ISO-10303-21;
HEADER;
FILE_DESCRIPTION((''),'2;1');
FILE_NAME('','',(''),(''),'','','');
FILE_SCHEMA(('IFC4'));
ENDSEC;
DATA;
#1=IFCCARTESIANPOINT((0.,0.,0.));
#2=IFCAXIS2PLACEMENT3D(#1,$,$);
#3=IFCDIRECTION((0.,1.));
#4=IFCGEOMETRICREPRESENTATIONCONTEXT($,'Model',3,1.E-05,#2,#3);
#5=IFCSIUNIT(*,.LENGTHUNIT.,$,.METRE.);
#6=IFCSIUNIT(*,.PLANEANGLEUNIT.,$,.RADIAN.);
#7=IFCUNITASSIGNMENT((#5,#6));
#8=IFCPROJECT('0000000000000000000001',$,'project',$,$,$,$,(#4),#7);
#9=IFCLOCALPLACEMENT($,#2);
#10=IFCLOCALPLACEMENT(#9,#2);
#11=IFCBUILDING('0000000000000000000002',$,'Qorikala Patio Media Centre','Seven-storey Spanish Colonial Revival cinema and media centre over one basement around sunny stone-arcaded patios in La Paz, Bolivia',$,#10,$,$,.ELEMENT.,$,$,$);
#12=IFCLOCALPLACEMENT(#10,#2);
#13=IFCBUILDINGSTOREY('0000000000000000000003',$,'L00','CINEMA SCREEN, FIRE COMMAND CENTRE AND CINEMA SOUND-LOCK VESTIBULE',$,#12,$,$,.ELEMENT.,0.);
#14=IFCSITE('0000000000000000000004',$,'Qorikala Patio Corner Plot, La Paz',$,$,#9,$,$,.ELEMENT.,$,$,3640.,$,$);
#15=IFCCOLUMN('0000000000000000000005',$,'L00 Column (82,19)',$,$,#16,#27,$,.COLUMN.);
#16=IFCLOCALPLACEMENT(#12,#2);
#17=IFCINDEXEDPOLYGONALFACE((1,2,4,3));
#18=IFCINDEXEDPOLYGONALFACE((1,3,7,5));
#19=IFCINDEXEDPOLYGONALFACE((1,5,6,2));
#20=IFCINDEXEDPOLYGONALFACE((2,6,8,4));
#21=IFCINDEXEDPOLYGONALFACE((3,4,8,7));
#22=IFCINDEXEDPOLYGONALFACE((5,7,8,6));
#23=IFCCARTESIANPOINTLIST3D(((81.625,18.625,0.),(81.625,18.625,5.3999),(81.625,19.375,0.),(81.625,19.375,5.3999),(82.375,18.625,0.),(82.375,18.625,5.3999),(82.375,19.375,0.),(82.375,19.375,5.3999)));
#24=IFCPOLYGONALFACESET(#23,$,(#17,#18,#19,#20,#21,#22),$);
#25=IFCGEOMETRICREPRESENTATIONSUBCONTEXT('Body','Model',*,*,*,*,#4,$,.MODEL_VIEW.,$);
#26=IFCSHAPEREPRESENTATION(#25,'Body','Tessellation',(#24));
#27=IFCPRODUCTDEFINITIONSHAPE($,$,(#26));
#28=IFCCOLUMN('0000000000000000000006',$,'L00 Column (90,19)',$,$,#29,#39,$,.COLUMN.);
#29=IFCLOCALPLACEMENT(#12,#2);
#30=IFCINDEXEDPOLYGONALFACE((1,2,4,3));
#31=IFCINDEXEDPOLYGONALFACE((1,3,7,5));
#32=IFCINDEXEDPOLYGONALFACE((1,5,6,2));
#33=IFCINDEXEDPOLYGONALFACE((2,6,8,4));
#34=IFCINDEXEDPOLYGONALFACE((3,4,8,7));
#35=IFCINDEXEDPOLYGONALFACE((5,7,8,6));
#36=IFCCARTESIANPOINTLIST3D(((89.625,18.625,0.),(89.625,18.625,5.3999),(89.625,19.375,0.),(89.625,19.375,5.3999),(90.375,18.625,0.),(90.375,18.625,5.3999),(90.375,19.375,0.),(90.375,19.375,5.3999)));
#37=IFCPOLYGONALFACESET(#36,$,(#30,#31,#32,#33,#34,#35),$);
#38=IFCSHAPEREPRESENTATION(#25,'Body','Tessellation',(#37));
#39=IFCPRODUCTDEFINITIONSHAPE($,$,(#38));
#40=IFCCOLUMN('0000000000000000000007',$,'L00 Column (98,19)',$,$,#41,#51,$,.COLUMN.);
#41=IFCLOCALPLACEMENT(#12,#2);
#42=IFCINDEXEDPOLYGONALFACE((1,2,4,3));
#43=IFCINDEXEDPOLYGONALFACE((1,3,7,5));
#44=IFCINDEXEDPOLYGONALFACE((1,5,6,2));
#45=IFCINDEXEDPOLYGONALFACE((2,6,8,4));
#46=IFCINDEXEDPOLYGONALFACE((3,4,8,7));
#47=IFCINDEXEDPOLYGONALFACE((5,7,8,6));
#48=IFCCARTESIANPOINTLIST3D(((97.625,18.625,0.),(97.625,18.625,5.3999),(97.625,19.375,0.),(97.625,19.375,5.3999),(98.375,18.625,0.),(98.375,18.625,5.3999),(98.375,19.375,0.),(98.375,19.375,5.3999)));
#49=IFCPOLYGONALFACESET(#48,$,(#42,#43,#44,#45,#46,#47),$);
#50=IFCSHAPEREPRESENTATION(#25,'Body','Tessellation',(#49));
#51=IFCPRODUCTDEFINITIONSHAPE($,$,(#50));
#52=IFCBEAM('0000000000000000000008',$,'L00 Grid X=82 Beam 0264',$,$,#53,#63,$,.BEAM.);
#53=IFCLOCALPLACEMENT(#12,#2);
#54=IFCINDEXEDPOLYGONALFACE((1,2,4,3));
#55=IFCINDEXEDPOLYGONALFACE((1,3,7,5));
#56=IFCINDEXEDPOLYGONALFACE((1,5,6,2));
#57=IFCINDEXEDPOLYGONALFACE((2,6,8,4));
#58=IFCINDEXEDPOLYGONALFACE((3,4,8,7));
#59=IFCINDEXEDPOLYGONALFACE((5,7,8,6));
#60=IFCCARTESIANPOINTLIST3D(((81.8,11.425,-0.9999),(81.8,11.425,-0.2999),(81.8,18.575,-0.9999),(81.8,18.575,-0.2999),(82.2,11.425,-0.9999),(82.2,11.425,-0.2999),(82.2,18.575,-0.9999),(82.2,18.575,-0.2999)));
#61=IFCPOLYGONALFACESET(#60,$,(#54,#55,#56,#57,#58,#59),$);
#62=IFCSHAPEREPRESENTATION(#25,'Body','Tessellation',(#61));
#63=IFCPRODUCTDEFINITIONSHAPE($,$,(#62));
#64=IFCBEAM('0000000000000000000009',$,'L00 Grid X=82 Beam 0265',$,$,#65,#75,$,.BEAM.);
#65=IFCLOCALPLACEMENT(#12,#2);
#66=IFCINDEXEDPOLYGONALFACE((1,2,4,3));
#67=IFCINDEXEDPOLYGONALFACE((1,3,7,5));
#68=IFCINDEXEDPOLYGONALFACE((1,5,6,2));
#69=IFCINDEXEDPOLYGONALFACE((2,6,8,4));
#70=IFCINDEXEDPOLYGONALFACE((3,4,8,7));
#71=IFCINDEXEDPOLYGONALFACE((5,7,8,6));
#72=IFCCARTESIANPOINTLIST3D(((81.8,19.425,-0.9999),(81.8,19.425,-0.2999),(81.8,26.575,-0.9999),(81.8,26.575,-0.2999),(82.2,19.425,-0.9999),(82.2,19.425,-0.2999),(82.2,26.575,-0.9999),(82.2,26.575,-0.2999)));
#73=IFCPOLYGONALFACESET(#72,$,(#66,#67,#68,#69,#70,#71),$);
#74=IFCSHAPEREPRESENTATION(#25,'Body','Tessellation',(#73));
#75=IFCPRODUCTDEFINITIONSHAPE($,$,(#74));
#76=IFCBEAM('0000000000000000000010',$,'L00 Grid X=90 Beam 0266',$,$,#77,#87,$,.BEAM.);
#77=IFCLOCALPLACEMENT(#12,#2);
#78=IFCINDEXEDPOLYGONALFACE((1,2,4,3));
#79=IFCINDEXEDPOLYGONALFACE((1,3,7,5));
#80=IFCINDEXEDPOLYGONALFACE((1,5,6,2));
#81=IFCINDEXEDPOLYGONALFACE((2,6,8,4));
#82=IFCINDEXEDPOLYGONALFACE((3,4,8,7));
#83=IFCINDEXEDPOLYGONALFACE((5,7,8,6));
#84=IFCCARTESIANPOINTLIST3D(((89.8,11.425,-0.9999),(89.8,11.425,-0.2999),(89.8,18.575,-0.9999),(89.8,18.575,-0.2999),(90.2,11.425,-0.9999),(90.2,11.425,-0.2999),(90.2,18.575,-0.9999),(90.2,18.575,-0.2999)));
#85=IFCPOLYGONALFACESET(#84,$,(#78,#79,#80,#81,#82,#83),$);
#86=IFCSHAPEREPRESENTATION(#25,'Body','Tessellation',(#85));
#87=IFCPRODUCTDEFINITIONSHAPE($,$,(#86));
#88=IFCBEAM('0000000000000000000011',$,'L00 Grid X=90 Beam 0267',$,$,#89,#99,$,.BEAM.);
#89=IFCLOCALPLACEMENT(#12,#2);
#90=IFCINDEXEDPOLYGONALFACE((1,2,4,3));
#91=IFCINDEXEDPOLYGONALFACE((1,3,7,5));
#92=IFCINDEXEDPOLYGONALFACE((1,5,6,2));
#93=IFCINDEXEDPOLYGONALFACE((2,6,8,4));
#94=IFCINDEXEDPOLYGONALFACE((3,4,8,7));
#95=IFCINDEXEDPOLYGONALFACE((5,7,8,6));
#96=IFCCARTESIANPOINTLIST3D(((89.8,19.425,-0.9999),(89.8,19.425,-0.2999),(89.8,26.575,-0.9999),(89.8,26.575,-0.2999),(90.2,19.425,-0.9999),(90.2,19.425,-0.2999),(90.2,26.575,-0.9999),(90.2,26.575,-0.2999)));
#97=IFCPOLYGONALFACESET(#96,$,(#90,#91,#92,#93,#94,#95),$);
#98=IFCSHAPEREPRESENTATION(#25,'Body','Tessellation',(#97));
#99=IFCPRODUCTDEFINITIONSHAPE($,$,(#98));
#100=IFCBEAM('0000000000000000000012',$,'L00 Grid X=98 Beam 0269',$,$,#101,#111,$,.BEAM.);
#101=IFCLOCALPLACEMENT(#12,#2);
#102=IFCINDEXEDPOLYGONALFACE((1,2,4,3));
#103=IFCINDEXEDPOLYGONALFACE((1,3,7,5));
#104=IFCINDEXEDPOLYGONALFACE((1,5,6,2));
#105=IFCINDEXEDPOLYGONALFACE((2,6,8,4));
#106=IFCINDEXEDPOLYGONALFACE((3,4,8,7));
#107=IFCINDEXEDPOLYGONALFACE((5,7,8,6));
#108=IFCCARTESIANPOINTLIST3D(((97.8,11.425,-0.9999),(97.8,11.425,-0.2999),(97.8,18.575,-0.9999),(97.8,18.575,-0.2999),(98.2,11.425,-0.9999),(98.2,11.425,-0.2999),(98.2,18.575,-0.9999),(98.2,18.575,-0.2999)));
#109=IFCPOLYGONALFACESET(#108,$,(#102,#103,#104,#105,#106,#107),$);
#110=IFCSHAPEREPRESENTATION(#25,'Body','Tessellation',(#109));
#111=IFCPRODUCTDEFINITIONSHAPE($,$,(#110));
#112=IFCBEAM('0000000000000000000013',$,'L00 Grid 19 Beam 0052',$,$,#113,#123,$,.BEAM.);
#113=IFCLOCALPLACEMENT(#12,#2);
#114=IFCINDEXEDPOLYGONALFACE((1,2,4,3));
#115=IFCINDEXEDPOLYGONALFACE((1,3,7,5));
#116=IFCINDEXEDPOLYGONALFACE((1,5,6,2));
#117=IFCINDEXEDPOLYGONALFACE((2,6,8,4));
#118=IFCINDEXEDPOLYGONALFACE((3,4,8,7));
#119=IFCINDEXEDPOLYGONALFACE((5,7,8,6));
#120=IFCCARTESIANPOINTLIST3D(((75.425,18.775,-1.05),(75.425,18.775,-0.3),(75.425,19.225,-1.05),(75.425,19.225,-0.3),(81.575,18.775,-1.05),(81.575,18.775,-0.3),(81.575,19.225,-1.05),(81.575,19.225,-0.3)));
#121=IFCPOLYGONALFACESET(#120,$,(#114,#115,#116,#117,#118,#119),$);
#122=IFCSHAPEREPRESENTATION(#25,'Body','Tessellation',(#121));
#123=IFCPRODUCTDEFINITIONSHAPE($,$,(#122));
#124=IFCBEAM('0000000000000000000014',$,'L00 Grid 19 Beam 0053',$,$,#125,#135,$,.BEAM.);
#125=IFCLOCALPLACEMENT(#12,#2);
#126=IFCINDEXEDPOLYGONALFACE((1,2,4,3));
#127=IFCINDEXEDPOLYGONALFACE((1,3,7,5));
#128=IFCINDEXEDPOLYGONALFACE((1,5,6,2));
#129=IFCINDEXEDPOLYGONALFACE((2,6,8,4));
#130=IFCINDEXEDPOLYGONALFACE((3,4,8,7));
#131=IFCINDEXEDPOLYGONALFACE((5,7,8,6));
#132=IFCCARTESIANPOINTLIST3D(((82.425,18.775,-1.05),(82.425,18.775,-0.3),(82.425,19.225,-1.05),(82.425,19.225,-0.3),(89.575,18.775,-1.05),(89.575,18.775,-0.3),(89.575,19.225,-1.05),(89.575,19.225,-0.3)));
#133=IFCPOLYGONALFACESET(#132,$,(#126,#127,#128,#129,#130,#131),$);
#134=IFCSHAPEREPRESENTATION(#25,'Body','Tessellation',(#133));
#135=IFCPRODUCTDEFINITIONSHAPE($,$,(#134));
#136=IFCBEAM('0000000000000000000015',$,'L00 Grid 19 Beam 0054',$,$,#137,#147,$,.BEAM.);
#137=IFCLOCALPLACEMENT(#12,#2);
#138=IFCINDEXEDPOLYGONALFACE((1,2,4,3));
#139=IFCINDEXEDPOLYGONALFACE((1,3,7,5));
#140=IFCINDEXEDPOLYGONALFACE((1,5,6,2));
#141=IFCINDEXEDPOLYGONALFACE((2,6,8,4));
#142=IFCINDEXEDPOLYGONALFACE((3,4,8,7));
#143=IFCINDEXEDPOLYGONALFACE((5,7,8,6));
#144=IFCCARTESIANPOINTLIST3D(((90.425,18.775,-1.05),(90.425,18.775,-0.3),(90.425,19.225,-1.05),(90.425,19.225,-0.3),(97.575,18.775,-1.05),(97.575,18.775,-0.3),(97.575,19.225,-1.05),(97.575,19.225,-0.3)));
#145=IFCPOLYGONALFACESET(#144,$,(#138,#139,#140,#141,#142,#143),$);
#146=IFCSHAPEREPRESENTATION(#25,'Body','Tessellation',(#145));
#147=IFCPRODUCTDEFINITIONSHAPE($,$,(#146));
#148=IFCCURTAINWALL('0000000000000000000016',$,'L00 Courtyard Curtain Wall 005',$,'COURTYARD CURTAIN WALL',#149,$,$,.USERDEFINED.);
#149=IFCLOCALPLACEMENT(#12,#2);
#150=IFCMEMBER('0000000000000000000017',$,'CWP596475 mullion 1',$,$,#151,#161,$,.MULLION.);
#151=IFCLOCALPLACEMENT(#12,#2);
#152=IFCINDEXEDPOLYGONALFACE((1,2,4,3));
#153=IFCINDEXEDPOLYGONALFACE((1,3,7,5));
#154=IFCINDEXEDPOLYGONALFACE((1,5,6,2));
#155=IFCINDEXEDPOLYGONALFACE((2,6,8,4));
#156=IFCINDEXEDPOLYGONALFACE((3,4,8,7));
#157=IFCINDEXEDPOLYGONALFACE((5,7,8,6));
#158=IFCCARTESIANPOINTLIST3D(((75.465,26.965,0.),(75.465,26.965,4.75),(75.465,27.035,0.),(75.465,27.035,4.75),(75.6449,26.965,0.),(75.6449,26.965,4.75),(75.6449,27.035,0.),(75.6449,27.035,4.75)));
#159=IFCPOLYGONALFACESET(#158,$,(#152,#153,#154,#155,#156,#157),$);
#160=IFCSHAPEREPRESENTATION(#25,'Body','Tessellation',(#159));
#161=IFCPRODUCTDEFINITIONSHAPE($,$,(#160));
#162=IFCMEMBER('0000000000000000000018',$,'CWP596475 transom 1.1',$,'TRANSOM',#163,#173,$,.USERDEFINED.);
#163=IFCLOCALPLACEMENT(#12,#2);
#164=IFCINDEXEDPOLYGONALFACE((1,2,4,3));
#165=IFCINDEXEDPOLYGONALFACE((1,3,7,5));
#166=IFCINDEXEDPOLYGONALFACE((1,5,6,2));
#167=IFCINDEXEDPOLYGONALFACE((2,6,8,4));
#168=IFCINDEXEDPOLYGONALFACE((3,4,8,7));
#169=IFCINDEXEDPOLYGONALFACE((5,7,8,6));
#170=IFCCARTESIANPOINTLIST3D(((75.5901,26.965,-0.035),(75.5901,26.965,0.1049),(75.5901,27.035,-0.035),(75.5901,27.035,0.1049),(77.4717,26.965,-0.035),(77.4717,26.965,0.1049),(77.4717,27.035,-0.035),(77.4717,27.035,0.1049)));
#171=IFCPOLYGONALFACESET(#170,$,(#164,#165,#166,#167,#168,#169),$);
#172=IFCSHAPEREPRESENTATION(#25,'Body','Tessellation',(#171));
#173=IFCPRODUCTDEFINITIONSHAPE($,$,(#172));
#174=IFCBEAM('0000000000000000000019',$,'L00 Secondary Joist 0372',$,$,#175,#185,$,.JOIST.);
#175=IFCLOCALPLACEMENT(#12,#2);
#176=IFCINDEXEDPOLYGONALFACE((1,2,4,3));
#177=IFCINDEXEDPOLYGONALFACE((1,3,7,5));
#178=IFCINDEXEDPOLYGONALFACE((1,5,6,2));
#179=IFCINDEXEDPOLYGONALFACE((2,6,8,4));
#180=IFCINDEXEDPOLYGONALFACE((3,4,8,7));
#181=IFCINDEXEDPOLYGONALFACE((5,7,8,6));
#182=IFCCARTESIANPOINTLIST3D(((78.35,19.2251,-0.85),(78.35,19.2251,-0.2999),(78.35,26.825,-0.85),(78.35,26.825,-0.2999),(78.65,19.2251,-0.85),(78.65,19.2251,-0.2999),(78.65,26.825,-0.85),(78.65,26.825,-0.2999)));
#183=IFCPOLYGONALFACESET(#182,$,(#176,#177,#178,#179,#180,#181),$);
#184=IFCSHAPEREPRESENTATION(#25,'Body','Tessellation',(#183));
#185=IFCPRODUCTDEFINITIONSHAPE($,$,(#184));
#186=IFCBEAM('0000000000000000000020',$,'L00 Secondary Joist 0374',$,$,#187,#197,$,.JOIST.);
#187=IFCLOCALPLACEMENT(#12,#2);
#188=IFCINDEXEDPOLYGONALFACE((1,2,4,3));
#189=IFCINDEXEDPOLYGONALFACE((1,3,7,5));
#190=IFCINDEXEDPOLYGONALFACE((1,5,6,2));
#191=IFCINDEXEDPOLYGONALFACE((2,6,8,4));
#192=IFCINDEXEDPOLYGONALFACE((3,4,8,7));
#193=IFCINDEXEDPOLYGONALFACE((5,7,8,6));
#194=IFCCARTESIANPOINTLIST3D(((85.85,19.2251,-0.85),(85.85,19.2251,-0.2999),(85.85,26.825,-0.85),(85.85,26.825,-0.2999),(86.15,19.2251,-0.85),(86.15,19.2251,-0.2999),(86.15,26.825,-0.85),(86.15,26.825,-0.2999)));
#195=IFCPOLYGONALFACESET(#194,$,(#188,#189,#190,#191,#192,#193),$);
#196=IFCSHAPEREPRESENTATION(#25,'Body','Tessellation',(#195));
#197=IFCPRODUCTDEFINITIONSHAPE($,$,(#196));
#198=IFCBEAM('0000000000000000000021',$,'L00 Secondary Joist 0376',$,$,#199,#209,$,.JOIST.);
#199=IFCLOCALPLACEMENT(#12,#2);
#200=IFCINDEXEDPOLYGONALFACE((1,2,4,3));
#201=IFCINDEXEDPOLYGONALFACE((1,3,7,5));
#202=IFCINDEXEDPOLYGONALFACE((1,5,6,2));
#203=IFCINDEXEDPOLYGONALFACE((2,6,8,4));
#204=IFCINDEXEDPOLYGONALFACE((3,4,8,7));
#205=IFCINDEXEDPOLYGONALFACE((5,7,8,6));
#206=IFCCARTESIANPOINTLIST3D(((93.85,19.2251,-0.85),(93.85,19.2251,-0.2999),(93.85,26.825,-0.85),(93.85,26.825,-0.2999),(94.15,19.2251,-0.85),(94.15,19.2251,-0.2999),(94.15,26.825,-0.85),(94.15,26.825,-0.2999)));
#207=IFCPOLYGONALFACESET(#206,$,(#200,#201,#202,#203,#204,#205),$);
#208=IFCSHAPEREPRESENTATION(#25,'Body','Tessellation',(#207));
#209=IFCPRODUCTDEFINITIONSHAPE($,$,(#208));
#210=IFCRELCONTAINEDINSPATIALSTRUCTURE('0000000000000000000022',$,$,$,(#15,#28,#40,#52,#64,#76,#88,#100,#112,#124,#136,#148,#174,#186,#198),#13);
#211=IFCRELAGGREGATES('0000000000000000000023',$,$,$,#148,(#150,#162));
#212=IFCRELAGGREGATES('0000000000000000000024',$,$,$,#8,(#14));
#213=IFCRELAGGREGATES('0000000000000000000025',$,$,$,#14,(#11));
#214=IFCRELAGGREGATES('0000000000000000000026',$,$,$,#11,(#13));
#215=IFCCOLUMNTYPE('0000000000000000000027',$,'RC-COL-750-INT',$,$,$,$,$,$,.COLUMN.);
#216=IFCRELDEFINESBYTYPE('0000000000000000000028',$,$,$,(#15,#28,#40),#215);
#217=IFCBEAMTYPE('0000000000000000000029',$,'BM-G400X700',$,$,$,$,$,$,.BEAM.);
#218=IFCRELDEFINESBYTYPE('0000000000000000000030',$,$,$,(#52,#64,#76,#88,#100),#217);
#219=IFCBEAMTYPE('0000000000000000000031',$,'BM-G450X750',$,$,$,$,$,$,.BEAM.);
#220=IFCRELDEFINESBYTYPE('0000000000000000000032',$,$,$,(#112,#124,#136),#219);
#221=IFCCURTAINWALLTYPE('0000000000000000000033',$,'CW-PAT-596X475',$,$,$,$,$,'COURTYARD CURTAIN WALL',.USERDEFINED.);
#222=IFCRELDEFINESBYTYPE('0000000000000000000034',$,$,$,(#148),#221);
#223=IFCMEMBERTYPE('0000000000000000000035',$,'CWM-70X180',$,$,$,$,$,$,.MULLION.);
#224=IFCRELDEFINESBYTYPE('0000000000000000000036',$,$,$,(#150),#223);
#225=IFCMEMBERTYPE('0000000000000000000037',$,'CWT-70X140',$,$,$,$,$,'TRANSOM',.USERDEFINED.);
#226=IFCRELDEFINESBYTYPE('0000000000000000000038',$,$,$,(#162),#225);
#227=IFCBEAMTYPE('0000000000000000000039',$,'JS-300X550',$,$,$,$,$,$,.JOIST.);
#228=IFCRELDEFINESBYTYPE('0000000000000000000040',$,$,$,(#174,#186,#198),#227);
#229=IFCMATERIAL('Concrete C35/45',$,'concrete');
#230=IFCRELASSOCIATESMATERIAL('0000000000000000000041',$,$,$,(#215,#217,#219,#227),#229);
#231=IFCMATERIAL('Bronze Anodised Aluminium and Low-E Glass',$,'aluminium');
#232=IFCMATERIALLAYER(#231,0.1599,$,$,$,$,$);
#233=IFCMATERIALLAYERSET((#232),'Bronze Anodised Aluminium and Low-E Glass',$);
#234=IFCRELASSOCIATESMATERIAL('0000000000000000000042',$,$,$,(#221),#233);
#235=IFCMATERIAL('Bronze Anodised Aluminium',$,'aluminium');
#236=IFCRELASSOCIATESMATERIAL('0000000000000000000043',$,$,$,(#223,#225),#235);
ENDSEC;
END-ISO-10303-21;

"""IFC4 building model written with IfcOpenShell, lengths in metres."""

from ifc_helpers import new_model, si_unit, direction, frame, origin, origin_2d, place, context, subcontext, project, spatial, rectangle, extrude, material, layer, layer_set, material_profile, profile_set, type_object, element, aggregate, save


model = new_model("IFC4")

# Units and contexts
model_context = context("Model", 3, precision=1e-05, world=origin(), true_north=direction((0.0, 1.0)))
body_context = subcontext(model_context, "Body", "Model", "MODEL_VIEW")
ifc_project = project(units=[si_unit("LENGTHUNIT", "METRE"), si_unit("PLANEANGLEUNIT", "RADIAN")], contexts=[model_context])

# Site, building, storey
site_placement = place(None, origin())
site = spatial("IfcSite", under=ifc_project, at=site_placement, Name="Qorikala Patio Corner Plot, La Paz", CompositionType="ELEMENT", RefElevation=3640.0)
building_placement = place(site_placement, origin())
building = spatial("IfcBuilding", under=site, at=building_placement, Name="Qorikala Patio Media Centre", Description="Seven-storey Spanish Colonial Revival cinema and media centre over one basement around sunny stone-arcaded patios in La Paz, Bolivia", CompositionType="ELEMENT")
storey_placement = place(building_placement, origin())
storey = spatial("IfcBuildingStorey", under=building, at=storey_placement, Name="L00", Description="CINEMA SCREEN, FIRE COMMAND CENTRE AND CINEMA SOUND-LOCK VESTIBULE", CompositionType="ELEMENT", Elevation=0.0)

# Columns
ifc_material_1 = material(Name="Concrete C35/45", Category="concrete")
ifc_material_profile_1 = material_profile(ifc_material_1, rectangle(XDim=0.75, YDim=0.75, at=origin_2d()), Name="RC 750x750")
ifc_profile_set_1 = profile_set([ifc_material_profile_1], Name="Concrete C35/45")
column_type = type_object("IfcColumnType", Name="RC-COL-750-INT", PredefinedType="COLUMN", material=ifc_profile_set_1)
for number, where, z_axis, x_axis, name in (
    (1, (82.0, 19.0, 0.0), (0.0, 0.0, 1.0), (1.0, 0.0, 0.0), "L00 Column (82,19)"),
    (2, (90.0, 19.0, 0.0), (0.0, 0.0, 1.0), (1.0, 0.0, 0.0), "L00 Column (90,19)"),
    (3, (98.0, 19.0, 0.0), (0.0, 0.0, 1.0), (1.0, 0.0, 0.0), "L00 Column (98,19)"),
):
    element("IfcColumn", number, at=place(storey_placement, frame(where, z_axis=z_axis, x_axis=x_axis)), inside=storey, type_object=column_type, Name=name, PredefinedType="COLUMN", context=body_context, shape_type="SweptSolid", body=[
        extrude(rectangle(XDim=0.75, YDim=0.75, at=origin_2d()), origin(), (0.0, 0.0, 1.0), 5.3999),
    ])

# Beams
ifc_material_profile_2 = material_profile(ifc_material_1, rectangle(XDim=0.3999, YDim=0.7, at=origin_2d()), Name="RC 400x700")
ifc_profile_set_2 = profile_set([ifc_material_profile_2], Name="Concrete C35/45")
beam_type_1 = type_object("IfcBeamType", Name="BM-G400X700", PredefinedType="BEAM", material=ifc_profile_set_2)
for number, where, z_axis, x_axis, name in (
    (4, (82.0, 11.425, -0.6499), (0.0, 1.0, 0.0), (-1.0, 0.0, 0.0), "L00 Grid X=82 Beam 0264"),
    (5, (82.0, 19.425, -0.6499), (0.0, 1.0, 0.0), (-1.0, 0.0, 0.0), "L00 Grid X=82 Beam 0265"),
    (6, (90.0, 11.425, -0.6499), (0.0, 1.0, 0.0), (-1.0, 0.0, 0.0), "L00 Grid X=90 Beam 0266"),
    (7, (90.0, 19.425, -0.6499), (0.0, 1.0, 0.0), (-1.0, 0.0, 0.0), "L00 Grid X=90 Beam 0267"),
    (8, (98.0, 11.425, -0.6499), (0.0, 1.0, 0.0), (-1.0, 0.0, 0.0), "L00 Grid X=98 Beam 0269"),
):
    element("IfcBeam", number, at=place(storey_placement, frame(where, z_axis=z_axis, x_axis=x_axis)), inside=storey, type_object=beam_type_1, Name=name, PredefinedType="BEAM", context=body_context, shape_type="SweptSolid", body=[
        extrude(rectangle(XDim=0.3999, YDim=0.7, at=origin_2d()), origin(), (0.0, 0.0, 1.0), 7.1499),
    ])
ifc_material_profile_3 = material_profile(ifc_material_1, rectangle(XDim=0.45, YDim=0.75, at=origin_2d()), Name="RC 450x750")
ifc_profile_set_3 = profile_set([ifc_material_profile_3], Name="Concrete C35/45")
beam_type_2 = type_object("IfcBeamType", Name="BM-G450X750", PredefinedType="BEAM", material=ifc_profile_set_3)
beam_1_placement = place(storey_placement, frame((75.425, 19.0, -0.675), z_axis=(1.0, 0.0, 0.0), x_axis=(0.0, 1.0, 0.0)))
element("IfcBeam", 9, at=beam_1_placement, inside=storey, type_object=beam_type_2, Name="L00 Grid 19 Beam 0052", PredefinedType="BEAM", context=body_context, shape_type="SweptSolid", body=[
    extrude(rectangle(XDim=0.45, YDim=0.75, at=origin_2d()), origin(), (0.0, 0.0, 1.0), 6.1499),
])
for number, where, z_axis, x_axis, name in (
    (10, (82.425, 19.0, -0.675), (1.0, 0.0, 0.0), (0.0, 1.0, 0.0), "L00 Grid 19 Beam 0053"),
    (11, (90.425, 19.0, -0.675), (1.0, 0.0, 0.0), (0.0, 1.0, 0.0), "L00 Grid 19 Beam 0054"),
):
    element("IfcBeam", number, at=place(storey_placement, frame(where, z_axis=z_axis, x_axis=x_axis)), inside=storey, type_object=beam_type_2, Name=name, PredefinedType="BEAM", context=body_context, shape_type="SweptSolid", body=[
        extrude(rectangle(XDim=0.45, YDim=0.75, at=origin_2d()), origin(), (0.0, 0.0, 1.0), 7.1499),
    ])

# Curtain wall, members
ifc_material_2 = material(Name="Bronze Anodised Aluminium and Low-E Glass", Category="aluminium")
ifc_layer_1 = layer(ifc_material_2, 0.1599)
ifc_layer_set_1 = layer_set([ifc_layer_1], Name="Bronze Anodised Aluminium and Low-E Glass")
curtain_wall_type = type_object("IfcCurtainWallType", Name="CW-PAT-596X475", ElementType="COURTYARD CURTAIN WALL", PredefinedType="USERDEFINED", material=ifc_layer_set_1)
curtain_wall_placement = place(storey_placement, origin())
curtain_wall = element("IfcCurtainWall", 12, at=curtain_wall_placement, inside=storey, type_object=curtain_wall_type, Name="L00 Courtyard Curtain Wall 005", ObjectType="COURTYARD CURTAIN WALL", PredefinedType="USERDEFINED")
ifc_material_3 = material(Name="Bronze Anodised Aluminium", Category="aluminium")
ifc_material_profile_4 = material_profile(ifc_material_3, rectangle(XDim=0.0701, YDim=0.1799, at=origin_2d()), Name="ALU MULLION 70x180")
ifc_profile_set_4 = profile_set([ifc_material_profile_4], Name="Bronze Anodised Aluminium")
member_type_1 = type_object("IfcMemberType", Name="CWM-70X180", PredefinedType="MULLION", material=ifc_profile_set_4)
member_1_placement = place(storey_placement, frame((75.5549, 27.0, 0.0), z_axis=(0.0, 0.0, 1.0), x_axis=(0.0, 1.0, 0.0)))
member_1 = element("IfcMember", 13, at=member_1_placement, type_object=member_type_1, Name="CWP596475 mullion 1", PredefinedType="MULLION", context=body_context, shape_type="SweptSolid", body=[
    extrude(rectangle(XDim=0.0701, YDim=0.1799, at=origin_2d()), origin(), (0.0, 0.0, 1.0), 4.75),
])
ifc_material_profile_5 = material_profile(ifc_material_3, rectangle(XDim=0.0701, YDim=0.1399, at=origin_2d()), Name="ALU TRANSOM 70x140")
ifc_profile_set_5 = profile_set([ifc_material_profile_5], Name="Bronze Anodised Aluminium")
member_type_2 = type_object("IfcMemberType", Name="CWT-70X140", ElementType="TRANSOM", PredefinedType="USERDEFINED", material=ifc_profile_set_5)
member_2_placement = place(storey_placement, frame((75.5901, 27.0, 0.0349), z_axis=(1.0, 0.0, 0.0), x_axis=(0.0, 1.0, 0.0)))
member_2 = element("IfcMember", 14, at=member_2_placement, type_object=member_type_2, Name="CWP596475 transom 1.1", ObjectType="TRANSOM", PredefinedType="USERDEFINED", context=body_context, shape_type="SweptSolid", body=[
    extrude(rectangle(XDim=0.0701, YDim=0.1399, at=origin_2d()), origin(), (0.0, 0.0, 1.0), 1.8816),
])
aggregate(curtain_wall, [member_1, member_2])

# Beams
ifc_material_profile_6 = material_profile(ifc_material_1, rectangle(XDim=0.3, YDim=0.55, at=origin_2d()), Name="RC 300x550")
ifc_profile_set_6 = profile_set([ifc_material_profile_6], Name="Concrete C35/45")
beam_type_3 = type_object("IfcBeamType", Name="JS-300X550", PredefinedType="JOIST", material=ifc_profile_set_6)
for number, where, z_axis, x_axis, name in (
    (15, (78.5, 19.2251, -0.575), (0.0, 1.0, 0.0), (-1.0, 0.0, 0.0), "L00 Secondary Joist 0372"),
    (16, (86.0, 19.2251, -0.575), (0.0, 1.0, 0.0), (-1.0, 0.0, 0.0), "L00 Secondary Joist 0374"),
    (17, (94.0, 19.2251, -0.575), (0.0, 1.0, 0.0), (-1.0, 0.0, 0.0), "L00 Secondary Joist 0376"),
):
    element("IfcBeam", number, at=place(storey_placement, frame(where, z_axis=z_axis, x_axis=x_axis)), inside=storey, type_object=beam_type_3, Name=name, PredefinedType="JOIST", context=body_context, shape_type="SweptSolid", body=[
        extrude(rectangle(XDim=0.3, YDim=0.55, at=origin_2d()), origin(), (0.0, 0.0, 1.0), 7.5999),
    ])

save(model, "model.ifc")
